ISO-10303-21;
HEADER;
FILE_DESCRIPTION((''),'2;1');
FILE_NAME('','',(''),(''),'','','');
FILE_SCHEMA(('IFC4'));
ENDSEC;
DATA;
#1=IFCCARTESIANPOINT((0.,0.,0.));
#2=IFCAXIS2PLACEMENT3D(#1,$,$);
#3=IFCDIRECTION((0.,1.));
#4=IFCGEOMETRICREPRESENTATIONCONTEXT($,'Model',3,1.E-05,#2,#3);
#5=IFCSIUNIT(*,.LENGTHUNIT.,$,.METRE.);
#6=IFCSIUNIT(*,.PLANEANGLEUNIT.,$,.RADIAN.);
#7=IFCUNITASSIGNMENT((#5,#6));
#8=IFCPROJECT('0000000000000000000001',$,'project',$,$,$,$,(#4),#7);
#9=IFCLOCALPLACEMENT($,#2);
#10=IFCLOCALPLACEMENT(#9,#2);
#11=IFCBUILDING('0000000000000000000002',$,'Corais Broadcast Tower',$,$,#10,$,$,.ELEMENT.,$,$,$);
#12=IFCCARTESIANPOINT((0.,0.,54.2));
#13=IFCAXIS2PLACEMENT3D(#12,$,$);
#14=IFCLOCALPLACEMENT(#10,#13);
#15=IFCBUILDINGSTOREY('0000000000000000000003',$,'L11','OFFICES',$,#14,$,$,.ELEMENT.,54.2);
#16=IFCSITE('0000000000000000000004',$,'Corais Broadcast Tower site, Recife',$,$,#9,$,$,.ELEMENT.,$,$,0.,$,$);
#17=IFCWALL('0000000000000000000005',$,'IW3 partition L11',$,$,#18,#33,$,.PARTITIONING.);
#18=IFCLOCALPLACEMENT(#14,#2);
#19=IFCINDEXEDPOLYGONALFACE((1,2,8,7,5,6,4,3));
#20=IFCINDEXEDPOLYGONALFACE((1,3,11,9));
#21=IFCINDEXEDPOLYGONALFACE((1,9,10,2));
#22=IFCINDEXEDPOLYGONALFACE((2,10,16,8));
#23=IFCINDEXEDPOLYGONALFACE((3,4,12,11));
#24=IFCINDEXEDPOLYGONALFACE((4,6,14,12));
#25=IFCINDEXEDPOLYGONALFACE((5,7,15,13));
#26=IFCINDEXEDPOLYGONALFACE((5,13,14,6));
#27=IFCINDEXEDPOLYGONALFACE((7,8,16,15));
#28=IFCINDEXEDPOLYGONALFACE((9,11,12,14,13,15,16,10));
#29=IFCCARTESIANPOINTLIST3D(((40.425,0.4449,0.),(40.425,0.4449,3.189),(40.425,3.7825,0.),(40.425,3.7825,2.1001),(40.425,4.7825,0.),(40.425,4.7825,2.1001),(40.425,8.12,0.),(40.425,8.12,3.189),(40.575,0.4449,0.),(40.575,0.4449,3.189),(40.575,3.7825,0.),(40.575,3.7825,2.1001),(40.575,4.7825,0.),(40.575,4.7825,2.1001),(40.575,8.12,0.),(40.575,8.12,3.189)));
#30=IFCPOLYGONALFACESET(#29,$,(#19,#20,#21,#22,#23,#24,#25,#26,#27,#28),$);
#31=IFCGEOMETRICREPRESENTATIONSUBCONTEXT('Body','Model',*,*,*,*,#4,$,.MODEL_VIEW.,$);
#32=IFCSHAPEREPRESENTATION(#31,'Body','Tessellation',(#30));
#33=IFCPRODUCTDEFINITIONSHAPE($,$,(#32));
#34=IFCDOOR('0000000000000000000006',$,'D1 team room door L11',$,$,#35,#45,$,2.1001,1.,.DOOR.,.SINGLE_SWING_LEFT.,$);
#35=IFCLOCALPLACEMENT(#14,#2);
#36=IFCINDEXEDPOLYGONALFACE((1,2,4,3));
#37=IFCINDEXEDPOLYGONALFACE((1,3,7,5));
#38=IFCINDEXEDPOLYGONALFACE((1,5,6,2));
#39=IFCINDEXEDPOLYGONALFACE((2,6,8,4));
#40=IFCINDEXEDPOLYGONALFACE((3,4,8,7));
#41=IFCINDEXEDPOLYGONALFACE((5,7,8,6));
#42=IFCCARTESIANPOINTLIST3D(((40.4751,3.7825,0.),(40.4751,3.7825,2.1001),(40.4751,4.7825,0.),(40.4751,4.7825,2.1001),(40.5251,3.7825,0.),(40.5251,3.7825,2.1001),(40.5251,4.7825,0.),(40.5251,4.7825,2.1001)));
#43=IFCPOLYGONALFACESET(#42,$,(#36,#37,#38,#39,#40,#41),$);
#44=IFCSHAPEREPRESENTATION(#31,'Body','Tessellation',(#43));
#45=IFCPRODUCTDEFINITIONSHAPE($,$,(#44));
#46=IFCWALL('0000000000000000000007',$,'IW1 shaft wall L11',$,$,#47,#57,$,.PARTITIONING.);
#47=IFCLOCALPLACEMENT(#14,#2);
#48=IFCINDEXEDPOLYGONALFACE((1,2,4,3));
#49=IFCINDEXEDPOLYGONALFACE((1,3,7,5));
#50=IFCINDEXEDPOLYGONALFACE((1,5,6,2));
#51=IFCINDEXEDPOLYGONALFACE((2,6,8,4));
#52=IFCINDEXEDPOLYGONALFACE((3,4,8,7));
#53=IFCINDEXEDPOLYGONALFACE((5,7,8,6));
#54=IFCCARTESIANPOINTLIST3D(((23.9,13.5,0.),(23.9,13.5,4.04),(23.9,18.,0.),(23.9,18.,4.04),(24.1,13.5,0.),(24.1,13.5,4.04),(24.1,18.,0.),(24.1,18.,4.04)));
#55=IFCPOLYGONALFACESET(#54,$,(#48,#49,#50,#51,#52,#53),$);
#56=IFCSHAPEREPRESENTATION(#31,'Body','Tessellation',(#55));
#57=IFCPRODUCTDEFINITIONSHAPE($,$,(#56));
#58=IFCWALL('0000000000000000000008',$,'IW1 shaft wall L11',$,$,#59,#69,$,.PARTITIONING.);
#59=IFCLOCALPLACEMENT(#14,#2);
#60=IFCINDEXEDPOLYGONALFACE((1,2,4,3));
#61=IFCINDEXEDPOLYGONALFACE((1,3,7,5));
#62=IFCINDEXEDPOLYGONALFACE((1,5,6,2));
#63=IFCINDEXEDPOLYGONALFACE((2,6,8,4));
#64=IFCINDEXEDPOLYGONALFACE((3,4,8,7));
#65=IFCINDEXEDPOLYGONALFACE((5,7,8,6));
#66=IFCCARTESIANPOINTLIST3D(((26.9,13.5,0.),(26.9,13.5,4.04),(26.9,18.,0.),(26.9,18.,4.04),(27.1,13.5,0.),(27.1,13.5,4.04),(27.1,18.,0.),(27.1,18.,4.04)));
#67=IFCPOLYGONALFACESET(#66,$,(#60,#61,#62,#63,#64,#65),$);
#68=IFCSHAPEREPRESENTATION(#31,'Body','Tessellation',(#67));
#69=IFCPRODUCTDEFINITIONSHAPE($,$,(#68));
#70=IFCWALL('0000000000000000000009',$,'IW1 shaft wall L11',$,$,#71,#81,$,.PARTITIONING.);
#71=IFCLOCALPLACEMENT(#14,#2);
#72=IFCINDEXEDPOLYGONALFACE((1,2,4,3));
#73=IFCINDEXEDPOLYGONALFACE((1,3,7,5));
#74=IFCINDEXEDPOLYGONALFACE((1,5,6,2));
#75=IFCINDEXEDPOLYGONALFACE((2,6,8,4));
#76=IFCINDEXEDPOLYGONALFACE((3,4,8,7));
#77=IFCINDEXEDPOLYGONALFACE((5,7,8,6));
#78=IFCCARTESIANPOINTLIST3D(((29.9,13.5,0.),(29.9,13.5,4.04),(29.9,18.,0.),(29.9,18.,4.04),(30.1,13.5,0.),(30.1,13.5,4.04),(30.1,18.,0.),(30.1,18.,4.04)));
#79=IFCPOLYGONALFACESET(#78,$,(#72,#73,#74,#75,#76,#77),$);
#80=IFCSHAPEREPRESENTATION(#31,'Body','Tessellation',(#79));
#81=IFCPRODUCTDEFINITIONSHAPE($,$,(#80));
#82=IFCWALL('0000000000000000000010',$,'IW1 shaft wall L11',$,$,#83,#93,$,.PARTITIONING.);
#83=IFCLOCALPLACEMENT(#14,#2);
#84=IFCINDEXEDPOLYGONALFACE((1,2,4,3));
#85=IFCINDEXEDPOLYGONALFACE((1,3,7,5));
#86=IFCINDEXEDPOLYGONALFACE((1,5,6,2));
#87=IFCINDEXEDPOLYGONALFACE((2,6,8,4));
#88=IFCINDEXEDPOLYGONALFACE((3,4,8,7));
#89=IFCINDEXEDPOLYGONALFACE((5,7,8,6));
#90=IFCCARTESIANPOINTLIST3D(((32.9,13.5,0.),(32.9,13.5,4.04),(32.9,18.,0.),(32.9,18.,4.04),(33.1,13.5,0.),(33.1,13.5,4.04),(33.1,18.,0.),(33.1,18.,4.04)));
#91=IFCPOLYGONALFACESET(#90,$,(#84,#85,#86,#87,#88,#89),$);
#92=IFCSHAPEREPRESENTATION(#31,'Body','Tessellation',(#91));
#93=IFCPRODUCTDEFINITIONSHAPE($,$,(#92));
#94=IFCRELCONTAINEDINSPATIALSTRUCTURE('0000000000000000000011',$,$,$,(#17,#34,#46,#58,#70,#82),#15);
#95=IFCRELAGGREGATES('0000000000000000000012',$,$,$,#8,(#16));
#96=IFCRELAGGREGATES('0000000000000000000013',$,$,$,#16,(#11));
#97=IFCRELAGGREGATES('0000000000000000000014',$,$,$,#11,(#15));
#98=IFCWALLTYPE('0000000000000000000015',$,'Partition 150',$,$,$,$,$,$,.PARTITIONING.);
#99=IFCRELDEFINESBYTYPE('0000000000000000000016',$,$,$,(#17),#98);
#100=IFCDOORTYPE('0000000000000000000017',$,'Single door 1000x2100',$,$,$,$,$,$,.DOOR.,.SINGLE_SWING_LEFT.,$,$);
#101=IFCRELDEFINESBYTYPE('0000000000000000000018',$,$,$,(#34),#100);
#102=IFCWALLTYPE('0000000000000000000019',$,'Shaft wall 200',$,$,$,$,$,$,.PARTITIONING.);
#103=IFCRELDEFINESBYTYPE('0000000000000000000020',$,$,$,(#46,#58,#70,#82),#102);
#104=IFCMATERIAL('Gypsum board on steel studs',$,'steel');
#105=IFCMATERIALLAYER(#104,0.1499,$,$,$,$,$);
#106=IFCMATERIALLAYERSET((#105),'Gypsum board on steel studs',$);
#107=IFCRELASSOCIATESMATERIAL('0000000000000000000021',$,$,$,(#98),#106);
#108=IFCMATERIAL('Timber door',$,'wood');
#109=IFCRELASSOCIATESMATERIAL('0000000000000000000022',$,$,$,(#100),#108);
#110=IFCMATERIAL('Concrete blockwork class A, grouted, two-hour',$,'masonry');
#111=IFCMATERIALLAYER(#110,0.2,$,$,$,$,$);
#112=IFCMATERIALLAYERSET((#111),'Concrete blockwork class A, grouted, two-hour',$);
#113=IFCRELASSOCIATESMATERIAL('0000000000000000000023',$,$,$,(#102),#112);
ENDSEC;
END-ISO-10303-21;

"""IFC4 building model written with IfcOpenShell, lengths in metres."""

from ifc_helpers import new_model, si_unit, direction, frame, frame_2d, origin, place, context, subcontext, project, spatial, rectangle, extrude, material, layer, layer_set, type_object, element, fill, save


model = new_model("IFC4")

# Units and contexts
model_context = context("Model", 3, precision=1e-05, world=origin(), true_north=direction((0.0, 1.0)))
body_context = subcontext(model_context, "Body", "Model", "MODEL_VIEW")
ifc_project = project(units=[si_unit("LENGTHUNIT", "METRE"), si_unit("PLANEANGLEUNIT", "RADIAN")], contexts=[model_context])

# Site, building, storey
site_placement = place(None, origin())
site = spatial("IfcSite", under=ifc_project, at=site_placement, Name="Corais Broadcast Tower site, Recife", CompositionType="ELEMENT", RefElevation=0.0)
building_placement = place(site_placement, origin())
building = spatial("IfcBuilding", under=site, at=building_placement, Name="Corais Broadcast Tower", CompositionType="ELEMENT")
storey_placement = place(building_placement, frame((0.0, 0.0, 54.2)))
storey = spatial("IfcBuildingStorey", under=building, at=storey_placement, Name="L11", Description="OFFICES", CompositionType="ELEMENT", Elevation=54.2)

# Shared definitions
ifc_material_1 = material(Name="Gypsum board on steel studs", Category="steel")
ifc_layer_1 = layer(ifc_material_1, 0.1499)
ifc_layer_set_1 = layer_set([ifc_layer_1], Name="Gypsum board on steel studs")
wall_type_1 = type_object("IfcWallType", Name="Partition 150", PredefinedType="PARTITIONING", material=ifc_layer_set_1)

# Shared definitions
ifc_material_2 = material(Name="Timber door", Category="wood")
door_type = type_object("IfcDoorType", Name="Single door 1000x2100", OperationType="SINGLE_SWING_LEFT", PredefinedType="DOOR", material=ifc_material_2)

# Wall, opening, door
wall_1_placement = place(storey_placement, frame((40.5, 0.4451, 0.0), z_axis=(0.0, 0.0, 1.0), x_axis=(0.0, 1.0, 0.0)))
wall_1 = element("IfcWall", 1, at=wall_1_placement, inside=storey, type_object=wall_type_1, Name="IW3 partition L11", PredefinedType="PARTITIONING", context=body_context, shape_type="SweptSolid", body=[
    extrude(rectangle(XDim=7.675, YDim=0.1499, at=frame_2d((3.8374, 0.0))), origin(), (0.0, 0.0, 1.0), 3.189),
])
opening_1_placement = place(wall_1_placement, frame((3.3374, 0.0, 0.0)))
opening_1 = element("IfcOpeningElement", 2, at=opening_1_placement, cuts=wall_1, PredefinedType="OPENING", context=body_context, shape_type="SweptSolid", body=[
    extrude(rectangle(XDim=1.0, YDim=2.1001, at=frame_2d((0.5, 1.05))), frame((0.0, 0.085, 0.0), z_axis=(0.0, -1.0, 0.0), x_axis=(1.0, 0.0, 0.0)), (0.0, 0.0, 1.0), 0.1699),
])
door_1_placement = place(opening_1_placement, origin())
door_1 = element("IfcDoor", 3, at=door_1_placement, inside=storey, type_object=door_type, Name="D1 team room door L11", OperationType="SINGLE_SWING_LEFT", OverallHeight=2.1001, OverallWidth=1.0, PredefinedType="DOOR", context=body_context, shape_type="SweptSolid", body=[
    extrude(rectangle(XDim=1.0, YDim=2.1001, at=frame_2d((0.5, 1.05))), frame((0.0, 0.0249, 0.0), z_axis=(0.0, -1.0, 0.0), x_axis=(1.0, 0.0, 0.0)), (0.0, 0.0, 1.0), 0.05),
])
fill(opening_1, door_1)

# Walls
ifc_material_3 = material(Name="Concrete blockwork class A, grouted, two-hour", Category="masonry")
ifc_layer_2 = layer(ifc_material_3, 0.2)
ifc_layer_set_2 = layer_set([ifc_layer_2], Name="Concrete blockwork class A, grouted, two-hour")
wall_type_2 = type_object("IfcWallType", Name="Shaft wall 200", PredefinedType="PARTITIONING", material=ifc_layer_set_2)
for number, where, z_axis, x_axis, name in (
    (4, (24.0, 13.5, 0.0), (0.0, 0.0, 1.0), (0.0, 1.0, 0.0), "IW1 shaft wall L11"),
    (5, (27.0, 13.5, 0.0), (0.0, 0.0, 1.0), (0.0, 1.0, 0.0), "IW1 shaft wall L11"),
    (6, (30.0, 13.5, 0.0), (0.0, 0.0, 1.0), (0.0, 1.0, 0.0), "IW1 shaft wall L11"),
    (7, (33.0, 13.5, 0.0), (0.0, 0.0, 1.0), (0.0, 1.0, 0.0), "IW1 shaft wall L11"),
):
    element("IfcWall", number, at=place(storey_placement, frame(where, z_axis=z_axis, x_axis=x_axis)), inside=storey, type_object=wall_type_2, Name=name, PredefinedType="PARTITIONING", context=body_context, shape_type="SweptSolid", body=[
        extrude(rectangle(XDim=4.5, YDim=0.2, at=frame_2d((2.25, 0.0))), origin(), (0.0, 0.0, 1.0), 4.04),
    ])

save(model, "model.ifc")
